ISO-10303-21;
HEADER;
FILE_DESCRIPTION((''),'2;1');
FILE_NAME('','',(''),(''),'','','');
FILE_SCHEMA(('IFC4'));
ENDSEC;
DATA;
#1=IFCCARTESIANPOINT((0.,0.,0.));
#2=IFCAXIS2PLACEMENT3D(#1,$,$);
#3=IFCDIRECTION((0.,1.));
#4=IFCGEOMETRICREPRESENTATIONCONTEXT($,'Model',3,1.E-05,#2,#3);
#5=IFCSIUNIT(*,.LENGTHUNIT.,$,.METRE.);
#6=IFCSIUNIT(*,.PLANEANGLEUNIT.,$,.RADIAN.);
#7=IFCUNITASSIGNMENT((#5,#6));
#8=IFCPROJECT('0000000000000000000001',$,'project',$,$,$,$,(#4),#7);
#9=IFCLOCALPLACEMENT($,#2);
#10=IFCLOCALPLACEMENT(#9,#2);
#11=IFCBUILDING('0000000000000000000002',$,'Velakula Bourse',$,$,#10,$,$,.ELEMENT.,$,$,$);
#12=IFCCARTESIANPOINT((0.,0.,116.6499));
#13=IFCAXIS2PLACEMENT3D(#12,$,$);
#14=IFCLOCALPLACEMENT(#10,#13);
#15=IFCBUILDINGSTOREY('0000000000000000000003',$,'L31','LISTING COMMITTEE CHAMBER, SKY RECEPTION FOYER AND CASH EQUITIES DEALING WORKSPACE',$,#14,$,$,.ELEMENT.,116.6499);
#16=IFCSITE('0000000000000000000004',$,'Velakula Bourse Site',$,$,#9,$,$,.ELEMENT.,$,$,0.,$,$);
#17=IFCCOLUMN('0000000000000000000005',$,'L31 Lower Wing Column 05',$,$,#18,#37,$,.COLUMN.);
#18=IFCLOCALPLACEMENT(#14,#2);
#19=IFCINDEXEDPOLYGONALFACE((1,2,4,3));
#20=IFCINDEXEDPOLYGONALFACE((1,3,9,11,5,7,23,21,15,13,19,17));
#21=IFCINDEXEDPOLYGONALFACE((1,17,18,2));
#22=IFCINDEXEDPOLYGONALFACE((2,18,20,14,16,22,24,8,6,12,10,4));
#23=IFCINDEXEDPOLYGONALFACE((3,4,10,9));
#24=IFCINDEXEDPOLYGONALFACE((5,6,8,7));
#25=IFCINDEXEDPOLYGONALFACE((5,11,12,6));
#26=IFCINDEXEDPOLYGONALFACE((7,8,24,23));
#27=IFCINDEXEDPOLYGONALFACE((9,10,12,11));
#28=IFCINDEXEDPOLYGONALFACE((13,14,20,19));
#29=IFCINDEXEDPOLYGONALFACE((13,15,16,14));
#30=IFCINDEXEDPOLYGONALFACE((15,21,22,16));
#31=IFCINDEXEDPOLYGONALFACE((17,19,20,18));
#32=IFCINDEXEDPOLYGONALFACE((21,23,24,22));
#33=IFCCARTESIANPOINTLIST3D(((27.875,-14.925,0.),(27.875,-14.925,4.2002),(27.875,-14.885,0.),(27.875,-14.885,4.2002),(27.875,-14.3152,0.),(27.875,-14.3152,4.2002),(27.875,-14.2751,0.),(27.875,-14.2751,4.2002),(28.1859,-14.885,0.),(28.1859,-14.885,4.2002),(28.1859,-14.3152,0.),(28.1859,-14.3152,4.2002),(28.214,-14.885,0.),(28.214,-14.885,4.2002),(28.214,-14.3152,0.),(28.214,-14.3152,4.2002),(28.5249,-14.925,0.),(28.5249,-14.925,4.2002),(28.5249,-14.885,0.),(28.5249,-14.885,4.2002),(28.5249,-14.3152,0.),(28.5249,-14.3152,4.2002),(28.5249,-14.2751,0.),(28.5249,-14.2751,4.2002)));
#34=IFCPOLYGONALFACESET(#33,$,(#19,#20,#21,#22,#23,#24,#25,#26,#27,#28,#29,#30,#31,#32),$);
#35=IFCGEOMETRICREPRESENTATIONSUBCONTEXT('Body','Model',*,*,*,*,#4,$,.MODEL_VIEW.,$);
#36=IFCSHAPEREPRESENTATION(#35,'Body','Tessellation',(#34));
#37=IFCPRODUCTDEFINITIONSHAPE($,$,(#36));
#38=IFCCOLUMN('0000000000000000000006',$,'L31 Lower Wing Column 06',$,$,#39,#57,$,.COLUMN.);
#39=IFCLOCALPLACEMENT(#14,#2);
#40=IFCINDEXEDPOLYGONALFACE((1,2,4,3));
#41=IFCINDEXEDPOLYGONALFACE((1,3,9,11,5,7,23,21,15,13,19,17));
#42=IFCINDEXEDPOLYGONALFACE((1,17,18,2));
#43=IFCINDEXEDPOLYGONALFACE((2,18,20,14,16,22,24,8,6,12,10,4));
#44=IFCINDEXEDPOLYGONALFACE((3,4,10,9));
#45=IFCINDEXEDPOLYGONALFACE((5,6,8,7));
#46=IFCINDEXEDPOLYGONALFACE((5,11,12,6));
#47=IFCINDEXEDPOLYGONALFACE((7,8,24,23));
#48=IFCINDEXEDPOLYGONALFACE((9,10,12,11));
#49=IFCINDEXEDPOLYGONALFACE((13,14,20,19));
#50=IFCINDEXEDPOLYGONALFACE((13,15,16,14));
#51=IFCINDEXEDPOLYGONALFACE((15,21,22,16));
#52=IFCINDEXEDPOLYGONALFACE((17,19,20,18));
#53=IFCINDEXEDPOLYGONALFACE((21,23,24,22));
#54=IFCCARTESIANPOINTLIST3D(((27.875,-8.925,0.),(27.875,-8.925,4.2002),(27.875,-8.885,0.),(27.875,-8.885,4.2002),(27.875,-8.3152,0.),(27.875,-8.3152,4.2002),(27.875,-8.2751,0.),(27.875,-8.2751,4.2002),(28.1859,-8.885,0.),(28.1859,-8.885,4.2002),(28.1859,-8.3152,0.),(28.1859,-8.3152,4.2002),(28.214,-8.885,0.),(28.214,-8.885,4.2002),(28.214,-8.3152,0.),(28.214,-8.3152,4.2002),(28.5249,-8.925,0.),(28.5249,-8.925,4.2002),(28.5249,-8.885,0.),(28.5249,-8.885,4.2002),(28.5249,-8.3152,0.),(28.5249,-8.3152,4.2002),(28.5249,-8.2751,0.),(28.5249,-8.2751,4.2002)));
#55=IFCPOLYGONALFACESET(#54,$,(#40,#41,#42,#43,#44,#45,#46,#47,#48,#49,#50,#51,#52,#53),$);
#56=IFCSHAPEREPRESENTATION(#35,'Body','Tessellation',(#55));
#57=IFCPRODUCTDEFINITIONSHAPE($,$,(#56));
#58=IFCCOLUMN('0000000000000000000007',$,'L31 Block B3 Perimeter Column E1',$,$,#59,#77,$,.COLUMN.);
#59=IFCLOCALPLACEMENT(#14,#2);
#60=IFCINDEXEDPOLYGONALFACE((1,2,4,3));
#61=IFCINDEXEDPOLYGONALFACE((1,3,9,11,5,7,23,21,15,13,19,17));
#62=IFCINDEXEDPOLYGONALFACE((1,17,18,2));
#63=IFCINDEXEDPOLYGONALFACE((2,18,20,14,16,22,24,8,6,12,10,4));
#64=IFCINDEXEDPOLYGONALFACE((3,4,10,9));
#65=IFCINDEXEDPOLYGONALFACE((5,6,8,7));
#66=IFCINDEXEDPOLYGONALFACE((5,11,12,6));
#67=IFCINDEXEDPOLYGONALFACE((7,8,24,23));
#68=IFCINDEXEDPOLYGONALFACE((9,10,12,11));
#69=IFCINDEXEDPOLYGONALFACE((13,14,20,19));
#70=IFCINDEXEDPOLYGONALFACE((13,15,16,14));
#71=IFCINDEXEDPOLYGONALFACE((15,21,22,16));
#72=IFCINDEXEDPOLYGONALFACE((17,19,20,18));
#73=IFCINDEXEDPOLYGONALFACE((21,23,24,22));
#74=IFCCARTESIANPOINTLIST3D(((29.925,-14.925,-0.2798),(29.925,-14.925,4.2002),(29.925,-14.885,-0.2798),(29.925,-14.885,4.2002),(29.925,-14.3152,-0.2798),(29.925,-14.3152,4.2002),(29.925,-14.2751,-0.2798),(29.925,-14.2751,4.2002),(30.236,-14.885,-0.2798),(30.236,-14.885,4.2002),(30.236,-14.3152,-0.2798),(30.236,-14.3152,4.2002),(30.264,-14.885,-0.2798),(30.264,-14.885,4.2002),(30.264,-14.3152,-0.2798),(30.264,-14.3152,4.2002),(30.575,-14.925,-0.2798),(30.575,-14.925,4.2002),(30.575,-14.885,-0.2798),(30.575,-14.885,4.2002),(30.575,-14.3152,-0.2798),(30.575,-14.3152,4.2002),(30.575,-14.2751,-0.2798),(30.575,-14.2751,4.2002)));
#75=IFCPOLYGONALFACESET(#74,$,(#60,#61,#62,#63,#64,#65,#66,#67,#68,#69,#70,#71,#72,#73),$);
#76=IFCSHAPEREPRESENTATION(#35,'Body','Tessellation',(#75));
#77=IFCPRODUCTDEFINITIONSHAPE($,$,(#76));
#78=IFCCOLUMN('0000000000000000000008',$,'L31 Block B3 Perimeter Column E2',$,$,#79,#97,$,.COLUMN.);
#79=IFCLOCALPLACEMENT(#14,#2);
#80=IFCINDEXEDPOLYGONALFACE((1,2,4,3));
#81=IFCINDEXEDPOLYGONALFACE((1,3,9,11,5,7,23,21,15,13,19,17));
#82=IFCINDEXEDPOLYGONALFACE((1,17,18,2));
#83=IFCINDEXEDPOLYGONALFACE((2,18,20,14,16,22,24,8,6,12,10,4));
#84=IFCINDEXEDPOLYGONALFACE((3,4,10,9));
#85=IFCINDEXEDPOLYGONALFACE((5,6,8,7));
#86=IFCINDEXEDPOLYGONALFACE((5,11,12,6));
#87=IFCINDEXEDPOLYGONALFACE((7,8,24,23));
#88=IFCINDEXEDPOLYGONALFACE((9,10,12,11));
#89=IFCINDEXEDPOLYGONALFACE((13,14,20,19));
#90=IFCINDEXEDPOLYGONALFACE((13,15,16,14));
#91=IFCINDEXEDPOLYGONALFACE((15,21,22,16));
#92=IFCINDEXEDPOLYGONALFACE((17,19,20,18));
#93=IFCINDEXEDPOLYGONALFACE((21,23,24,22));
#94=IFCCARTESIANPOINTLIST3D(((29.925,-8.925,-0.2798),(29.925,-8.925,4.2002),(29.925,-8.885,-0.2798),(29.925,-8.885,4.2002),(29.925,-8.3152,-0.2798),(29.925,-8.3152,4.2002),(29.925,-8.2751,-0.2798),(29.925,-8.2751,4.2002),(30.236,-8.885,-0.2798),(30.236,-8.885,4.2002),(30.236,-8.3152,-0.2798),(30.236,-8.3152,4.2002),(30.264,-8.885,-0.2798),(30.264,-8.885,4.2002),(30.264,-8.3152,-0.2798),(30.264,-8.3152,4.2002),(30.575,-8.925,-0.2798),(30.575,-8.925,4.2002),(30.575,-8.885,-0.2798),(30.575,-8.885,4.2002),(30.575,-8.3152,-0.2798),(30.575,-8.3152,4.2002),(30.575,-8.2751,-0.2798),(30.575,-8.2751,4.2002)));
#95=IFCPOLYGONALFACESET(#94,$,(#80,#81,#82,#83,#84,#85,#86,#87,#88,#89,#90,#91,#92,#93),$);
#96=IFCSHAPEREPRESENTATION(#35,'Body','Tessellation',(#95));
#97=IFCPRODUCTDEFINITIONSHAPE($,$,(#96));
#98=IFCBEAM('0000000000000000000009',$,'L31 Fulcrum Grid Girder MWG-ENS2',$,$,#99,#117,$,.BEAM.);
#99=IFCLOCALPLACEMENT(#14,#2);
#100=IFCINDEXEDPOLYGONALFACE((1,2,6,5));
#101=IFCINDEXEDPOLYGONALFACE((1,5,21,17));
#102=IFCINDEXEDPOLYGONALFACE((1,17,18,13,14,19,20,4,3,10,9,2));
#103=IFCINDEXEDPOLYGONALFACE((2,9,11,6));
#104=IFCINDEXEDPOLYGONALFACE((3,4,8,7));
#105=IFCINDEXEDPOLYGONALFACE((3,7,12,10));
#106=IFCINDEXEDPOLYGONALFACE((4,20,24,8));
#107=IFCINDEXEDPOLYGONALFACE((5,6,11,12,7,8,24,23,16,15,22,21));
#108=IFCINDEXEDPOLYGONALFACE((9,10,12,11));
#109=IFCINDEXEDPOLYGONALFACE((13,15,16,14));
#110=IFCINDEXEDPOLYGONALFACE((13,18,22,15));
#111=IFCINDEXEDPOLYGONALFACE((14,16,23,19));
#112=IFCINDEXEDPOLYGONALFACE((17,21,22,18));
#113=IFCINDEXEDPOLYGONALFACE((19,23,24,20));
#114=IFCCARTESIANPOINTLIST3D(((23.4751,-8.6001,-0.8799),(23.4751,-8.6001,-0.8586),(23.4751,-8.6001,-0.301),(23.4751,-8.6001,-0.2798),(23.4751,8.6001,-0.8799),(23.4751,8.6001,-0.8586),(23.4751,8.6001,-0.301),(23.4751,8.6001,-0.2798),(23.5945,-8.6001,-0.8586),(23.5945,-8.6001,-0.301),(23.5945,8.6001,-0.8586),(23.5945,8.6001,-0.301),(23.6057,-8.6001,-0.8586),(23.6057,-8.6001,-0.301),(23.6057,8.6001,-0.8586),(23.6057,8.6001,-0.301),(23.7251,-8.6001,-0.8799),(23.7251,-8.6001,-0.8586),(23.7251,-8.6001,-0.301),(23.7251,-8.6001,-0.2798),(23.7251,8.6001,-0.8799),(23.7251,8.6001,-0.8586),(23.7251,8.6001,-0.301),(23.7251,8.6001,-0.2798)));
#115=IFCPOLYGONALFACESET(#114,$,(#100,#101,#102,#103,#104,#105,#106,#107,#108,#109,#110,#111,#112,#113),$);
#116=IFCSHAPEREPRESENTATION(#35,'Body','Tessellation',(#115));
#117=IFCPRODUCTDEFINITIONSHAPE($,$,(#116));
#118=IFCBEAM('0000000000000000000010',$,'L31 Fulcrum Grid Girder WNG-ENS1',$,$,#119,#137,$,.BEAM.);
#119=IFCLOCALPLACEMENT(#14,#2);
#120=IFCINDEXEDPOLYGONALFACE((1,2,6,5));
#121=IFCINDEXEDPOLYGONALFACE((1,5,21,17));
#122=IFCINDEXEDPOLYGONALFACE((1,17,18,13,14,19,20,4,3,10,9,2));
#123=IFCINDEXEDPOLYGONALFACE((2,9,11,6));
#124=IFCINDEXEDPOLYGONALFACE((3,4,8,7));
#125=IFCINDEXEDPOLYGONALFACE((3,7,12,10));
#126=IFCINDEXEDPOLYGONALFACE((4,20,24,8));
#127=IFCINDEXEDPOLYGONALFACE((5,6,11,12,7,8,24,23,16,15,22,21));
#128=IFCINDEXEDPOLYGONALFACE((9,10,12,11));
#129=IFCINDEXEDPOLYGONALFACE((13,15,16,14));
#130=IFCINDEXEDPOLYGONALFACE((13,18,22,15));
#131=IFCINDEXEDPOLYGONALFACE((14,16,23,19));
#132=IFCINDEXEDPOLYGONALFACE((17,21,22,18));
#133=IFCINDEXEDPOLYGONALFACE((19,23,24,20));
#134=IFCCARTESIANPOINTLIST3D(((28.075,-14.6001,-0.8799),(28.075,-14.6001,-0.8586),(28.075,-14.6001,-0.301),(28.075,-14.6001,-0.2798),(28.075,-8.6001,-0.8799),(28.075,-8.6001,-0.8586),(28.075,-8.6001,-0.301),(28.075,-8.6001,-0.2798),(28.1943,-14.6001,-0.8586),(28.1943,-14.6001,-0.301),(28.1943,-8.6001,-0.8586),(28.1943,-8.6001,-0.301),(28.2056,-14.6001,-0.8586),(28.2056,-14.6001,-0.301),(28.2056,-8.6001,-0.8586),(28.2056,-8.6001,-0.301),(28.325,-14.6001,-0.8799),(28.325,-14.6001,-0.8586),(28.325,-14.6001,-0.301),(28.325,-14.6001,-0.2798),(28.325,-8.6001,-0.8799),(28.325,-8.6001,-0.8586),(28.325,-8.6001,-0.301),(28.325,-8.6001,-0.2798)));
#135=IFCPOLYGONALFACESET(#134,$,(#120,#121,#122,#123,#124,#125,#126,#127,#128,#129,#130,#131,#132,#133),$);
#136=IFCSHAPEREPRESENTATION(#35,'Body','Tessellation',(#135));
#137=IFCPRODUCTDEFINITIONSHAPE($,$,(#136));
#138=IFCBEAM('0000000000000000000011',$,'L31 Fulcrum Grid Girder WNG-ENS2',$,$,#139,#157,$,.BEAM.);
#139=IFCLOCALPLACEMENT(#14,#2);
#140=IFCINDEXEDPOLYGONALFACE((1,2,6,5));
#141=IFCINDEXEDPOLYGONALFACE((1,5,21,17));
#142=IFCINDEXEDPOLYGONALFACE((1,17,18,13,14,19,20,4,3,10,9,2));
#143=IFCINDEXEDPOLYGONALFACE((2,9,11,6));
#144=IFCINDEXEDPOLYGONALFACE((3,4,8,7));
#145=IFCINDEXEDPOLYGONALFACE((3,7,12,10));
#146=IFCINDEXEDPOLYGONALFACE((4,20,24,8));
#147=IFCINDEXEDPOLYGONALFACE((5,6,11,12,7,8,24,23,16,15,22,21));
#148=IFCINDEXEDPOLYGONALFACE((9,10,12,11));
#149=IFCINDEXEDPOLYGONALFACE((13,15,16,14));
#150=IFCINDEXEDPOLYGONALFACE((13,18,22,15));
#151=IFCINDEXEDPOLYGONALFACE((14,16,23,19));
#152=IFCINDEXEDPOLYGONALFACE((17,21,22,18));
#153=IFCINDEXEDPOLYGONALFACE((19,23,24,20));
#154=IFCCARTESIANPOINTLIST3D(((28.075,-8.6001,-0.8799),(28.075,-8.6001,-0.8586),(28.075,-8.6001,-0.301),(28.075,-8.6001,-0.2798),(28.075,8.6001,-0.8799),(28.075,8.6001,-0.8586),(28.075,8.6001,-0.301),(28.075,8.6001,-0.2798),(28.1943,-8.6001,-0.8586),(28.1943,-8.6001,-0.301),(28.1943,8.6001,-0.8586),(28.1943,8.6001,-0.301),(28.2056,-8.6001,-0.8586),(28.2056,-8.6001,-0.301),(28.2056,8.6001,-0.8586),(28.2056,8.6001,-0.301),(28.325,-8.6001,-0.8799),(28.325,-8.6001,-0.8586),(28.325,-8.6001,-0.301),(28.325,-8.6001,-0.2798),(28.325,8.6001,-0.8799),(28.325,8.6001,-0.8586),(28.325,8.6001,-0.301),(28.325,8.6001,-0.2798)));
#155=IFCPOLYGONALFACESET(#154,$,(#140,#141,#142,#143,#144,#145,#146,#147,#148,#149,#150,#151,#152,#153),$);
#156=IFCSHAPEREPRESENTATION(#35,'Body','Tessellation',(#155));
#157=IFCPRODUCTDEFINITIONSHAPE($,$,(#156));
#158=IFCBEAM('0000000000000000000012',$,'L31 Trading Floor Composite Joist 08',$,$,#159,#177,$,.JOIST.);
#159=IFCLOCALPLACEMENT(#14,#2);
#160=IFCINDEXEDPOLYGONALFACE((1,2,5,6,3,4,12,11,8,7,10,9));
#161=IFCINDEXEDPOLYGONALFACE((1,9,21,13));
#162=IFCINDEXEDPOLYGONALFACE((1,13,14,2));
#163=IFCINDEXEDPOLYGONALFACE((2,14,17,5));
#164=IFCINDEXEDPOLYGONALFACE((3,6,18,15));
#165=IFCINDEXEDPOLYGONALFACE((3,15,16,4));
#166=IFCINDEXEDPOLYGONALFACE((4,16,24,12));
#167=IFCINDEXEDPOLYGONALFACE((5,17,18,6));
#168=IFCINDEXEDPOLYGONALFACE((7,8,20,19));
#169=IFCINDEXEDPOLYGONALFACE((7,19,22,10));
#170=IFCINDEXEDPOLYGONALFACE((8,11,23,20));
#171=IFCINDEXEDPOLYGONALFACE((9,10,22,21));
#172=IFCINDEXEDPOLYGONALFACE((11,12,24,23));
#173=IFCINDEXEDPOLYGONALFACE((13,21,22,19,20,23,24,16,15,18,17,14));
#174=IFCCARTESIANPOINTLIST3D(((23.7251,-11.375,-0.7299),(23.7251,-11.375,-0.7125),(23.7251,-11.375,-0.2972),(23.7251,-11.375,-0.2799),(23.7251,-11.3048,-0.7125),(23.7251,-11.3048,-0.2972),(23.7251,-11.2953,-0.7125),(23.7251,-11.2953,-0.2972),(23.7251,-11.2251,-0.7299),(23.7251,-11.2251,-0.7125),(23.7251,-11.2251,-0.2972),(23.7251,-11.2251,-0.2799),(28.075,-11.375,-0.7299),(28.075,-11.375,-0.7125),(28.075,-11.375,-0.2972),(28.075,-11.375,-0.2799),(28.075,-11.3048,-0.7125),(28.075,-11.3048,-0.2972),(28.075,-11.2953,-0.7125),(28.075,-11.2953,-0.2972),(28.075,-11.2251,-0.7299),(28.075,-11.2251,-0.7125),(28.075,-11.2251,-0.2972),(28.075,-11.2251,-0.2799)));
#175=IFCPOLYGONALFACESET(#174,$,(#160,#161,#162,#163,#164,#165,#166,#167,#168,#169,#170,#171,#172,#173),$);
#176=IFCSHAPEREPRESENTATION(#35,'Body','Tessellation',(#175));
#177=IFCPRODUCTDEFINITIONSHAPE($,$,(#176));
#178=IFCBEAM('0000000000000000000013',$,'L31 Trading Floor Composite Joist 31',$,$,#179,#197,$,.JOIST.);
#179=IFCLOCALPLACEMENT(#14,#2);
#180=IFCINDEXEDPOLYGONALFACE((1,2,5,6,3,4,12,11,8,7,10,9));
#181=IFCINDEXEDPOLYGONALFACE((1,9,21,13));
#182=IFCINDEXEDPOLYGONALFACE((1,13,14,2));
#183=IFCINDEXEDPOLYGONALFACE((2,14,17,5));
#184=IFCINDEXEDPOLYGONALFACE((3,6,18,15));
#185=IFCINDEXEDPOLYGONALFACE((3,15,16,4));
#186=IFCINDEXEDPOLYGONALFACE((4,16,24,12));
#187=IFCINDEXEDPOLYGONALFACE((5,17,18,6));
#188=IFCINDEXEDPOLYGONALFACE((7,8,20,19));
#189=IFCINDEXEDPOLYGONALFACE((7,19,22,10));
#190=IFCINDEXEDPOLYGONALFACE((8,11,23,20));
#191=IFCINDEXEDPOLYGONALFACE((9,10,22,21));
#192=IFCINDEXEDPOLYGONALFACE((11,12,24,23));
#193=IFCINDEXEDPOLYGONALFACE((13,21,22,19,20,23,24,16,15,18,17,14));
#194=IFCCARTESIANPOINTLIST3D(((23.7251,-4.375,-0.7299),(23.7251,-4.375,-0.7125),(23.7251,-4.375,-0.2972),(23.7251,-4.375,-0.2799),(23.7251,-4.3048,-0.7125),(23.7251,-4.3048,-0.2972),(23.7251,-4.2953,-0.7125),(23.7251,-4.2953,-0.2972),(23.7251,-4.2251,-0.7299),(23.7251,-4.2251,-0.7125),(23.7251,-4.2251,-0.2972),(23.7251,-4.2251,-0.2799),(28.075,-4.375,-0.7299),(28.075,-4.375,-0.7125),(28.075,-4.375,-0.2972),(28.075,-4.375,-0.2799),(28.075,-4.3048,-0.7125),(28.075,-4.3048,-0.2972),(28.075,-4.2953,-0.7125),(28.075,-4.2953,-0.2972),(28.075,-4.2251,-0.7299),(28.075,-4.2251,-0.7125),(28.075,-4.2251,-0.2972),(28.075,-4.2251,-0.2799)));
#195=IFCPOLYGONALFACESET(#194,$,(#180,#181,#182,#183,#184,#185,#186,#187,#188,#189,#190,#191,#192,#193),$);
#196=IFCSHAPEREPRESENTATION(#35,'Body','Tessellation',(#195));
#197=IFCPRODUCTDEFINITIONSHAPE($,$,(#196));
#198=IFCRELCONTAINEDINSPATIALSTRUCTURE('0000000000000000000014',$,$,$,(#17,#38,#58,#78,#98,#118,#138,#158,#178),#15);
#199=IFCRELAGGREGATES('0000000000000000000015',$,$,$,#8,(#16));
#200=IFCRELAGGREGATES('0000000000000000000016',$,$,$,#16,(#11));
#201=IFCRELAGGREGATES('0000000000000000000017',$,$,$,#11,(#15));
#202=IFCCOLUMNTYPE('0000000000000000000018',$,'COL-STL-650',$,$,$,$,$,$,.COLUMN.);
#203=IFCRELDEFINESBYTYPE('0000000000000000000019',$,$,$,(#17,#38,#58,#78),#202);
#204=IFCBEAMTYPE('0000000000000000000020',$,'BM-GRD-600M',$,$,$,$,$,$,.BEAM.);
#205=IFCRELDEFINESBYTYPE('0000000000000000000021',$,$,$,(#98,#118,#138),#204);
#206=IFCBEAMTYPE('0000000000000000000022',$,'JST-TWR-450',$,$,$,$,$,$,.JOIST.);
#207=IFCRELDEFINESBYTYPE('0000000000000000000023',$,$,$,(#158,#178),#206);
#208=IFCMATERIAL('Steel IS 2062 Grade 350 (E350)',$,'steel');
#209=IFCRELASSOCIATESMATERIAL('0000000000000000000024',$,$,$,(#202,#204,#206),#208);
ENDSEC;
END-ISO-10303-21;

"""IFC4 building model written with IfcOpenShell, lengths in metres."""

from ifc_helpers import new_model, si_unit, direction, frame, origin, origin_2d, place, context, subcontext, project, spatial, i_section, extrude, material, material_profile, profile_set, type_object, element, save


model = new_model("IFC4")

# Units and contexts
model_context = context("Model", 3, precision=1e-05, world=origin(), true_north=direction((0.0, 1.0)))
body_context = subcontext(model_context, "Body", "Model", "MODEL_VIEW")
ifc_project = project(units=[si_unit("LENGTHUNIT", "METRE"), si_unit("PLANEANGLEUNIT", "RADIAN")], contexts=[model_context])

# Site, building, storey
site_placement = place(None, origin())
site = spatial("IfcSite", under=ifc_project, at=site_placement, Name="Velakula Bourse Site", CompositionType="ELEMENT", RefElevation=0.0)
building_placement = place(site_placement, origin())
building = spatial("IfcBuilding", under=site, at=building_placement, Name="Velakula Bourse", CompositionType="ELEMENT")
storey_placement = place(building_placement, frame((0.0, 0.0, 116.6499)))
storey = spatial("IfcBuildingStorey", under=building, at=storey_placement, Name="L31", Description="LISTING COMMITTEE CHAMBER, SKY RECEPTION FOYER AND CASH EQUITIES DEALING WORKSPACE", CompositionType="ELEMENT", Elevation=116.6499)

# Columns
ifc_material_1 = material(Name="Steel IS 2062 Grade 350 (E350)", Category="steel")
ifc_material_profile_1 = material_profile(ifc_material_1, i_section(OverallWidth=0.6499, OverallDepth=0.6499, WebThickness=0.0281, FlangeThickness=0.04, at=origin_2d()), Name="Steel IS 2062 Grade 350 (E350)")
ifc_profile_set_1 = profile_set([ifc_material_profile_1], Name="Steel IS 2062 Grade 350 (E350)")
column_type = type_object("IfcColumnType", Name="COL-STL-650", PredefinedType="COLUMN", material=ifc_profile_set_1)
for number, where, z_axis, x_axis, name in (
    (1, (28.2, -14.6001, 0.0), (0.0, 0.0, 1.0), (1.0, 0.0, 0.0), "L31 Lower Wing Column 05"),
    (2, (28.2, -8.6001, 0.0), (0.0, 0.0, 1.0), (1.0, 0.0, 0.0), "L31 Lower Wing Column 06"),
):
    element("IfcColumn", number, at=place(storey_placement, frame(where, z_axis=z_axis, x_axis=x_axis)), inside=storey, type_object=column_type, Name=name, PredefinedType="COLUMN", context=body_context, shape_type="SweptSolid", body=[
        extrude(i_section(OverallWidth=0.6499, OverallDepth=0.6499, WebThickness=0.0281, FlangeThickness=0.04, at=origin_2d()), origin(), (0.0, 0.0, 1.0), 4.2002),
    ])
for number, where, z_axis, x_axis, name in (
    (3, (30.25, -14.6001, -0.2798), (0.0, 0.0, 1.0), (1.0, 0.0, 0.0), "L31 Block B3 Perimeter Column E1"),
    (4, (30.25, -8.6001, -0.2798), (0.0, 0.0, 1.0), (1.0, 0.0, 0.0), "L31 Block B3 Perimeter Column E2"),
):
    element("IfcColumn", number, at=place(storey_placement, frame(where, z_axis=z_axis, x_axis=x_axis)), inside=storey, type_object=column_type, Name=name, PredefinedType="COLUMN", context=body_context, shape_type="SweptSolid", body=[
        extrude(i_section(OverallWidth=0.6499, OverallDepth=0.6499, WebThickness=0.0281, FlangeThickness=0.04, at=origin_2d()), origin(), (0.0, 0.0, 1.0), 4.48),
    ])

# Beams
ifc_material_profile_2 = material_profile(ifc_material_1, i_section(OverallWidth=0.25, OverallDepth=0.6001, WebThickness=0.0112, FlangeThickness=0.0212, at=origin_2d()), Name="Steel IS 2062 Grade 350 (E350)")
ifc_profile_set_2 = profile_set([ifc_material_profile_2], Name="Steel IS 2062 Grade 350 (E350)")
beam_type_1 = type_object("IfcBeamType", Name="BM-GRD-600M", PredefinedType="BEAM", material=ifc_profile_set_2)
beam_1_placement = place(storey_placement, frame((23.6001, -8.6001, -0.5798), z_axis=(0.0, 1.0, 0.0), x_axis=(-1.0, 0.0, 0.0)))
element("IfcBeam", 5, at=beam_1_placement, inside=storey, type_object=beam_type_1, Name="L31 Fulcrum Grid Girder MWG-ENS2", PredefinedType="BEAM", context=body_context, shape_type="SweptSolid", body=[
    extrude(i_section(OverallWidth=0.25, OverallDepth=0.6001, WebThickness=0.0112, FlangeThickness=0.0212, at=origin_2d()), origin(), (0.0, 0.0, 1.0), 17.2002),
])
beam_2_placement = place(storey_placement, frame((28.2, -14.6001, -0.5798), z_axis=(0.0, 1.0, 0.0), x_axis=(-1.0, 0.0, 0.0)))
element("IfcBeam", 6, at=beam_2_placement, inside=storey, type_object=beam_type_1, Name="L31 Fulcrum Grid Girder WNG-ENS1", PredefinedType="BEAM", context=body_context, shape_type="SweptSolid", body=[
    extrude(i_section(OverallWidth=0.25, OverallDepth=0.6001, WebThickness=0.0112, FlangeThickness=0.0212, at=origin_2d()), origin(), (0.0, 0.0, 1.0), 6.0),
])
beam_3_placement = place(storey_placement, frame((28.2, -8.6001, -0.5798), z_axis=(0.0, 1.0, 0.0), x_axis=(-1.0, 0.0, 0.0)))
element("IfcBeam", 7, at=beam_3_placement, inside=storey, type_object=beam_type_1, Name="L31 Fulcrum Grid Girder WNG-ENS2", PredefinedType="BEAM", context=body_context, shape_type="SweptSolid", body=[
    extrude(i_section(OverallWidth=0.25, OverallDepth=0.6001, WebThickness=0.0112, FlangeThickness=0.0212, at=origin_2d()), origin(), (0.0, 0.0, 1.0), 17.2002),
])
ifc_material_profile_3 = material_profile(ifc_material_1, i_section(OverallWidth=0.1499, OverallDepth=0.45, WebThickness=0.0095, FlangeThickness=0.0173, at=origin_2d()), Name="Steel IS 2062 Grade 350 (E350)")
ifc_profile_set_3 = profile_set([ifc_material_profile_3], Name="Steel IS 2062 Grade 350 (E350)")
beam_type_2 = type_object("IfcBeamType", Name="JST-TWR-450", PredefinedType="JOIST", material=ifc_profile_set_3)
for number, where, z_axis, x_axis, name in (
    (8, (23.7251, -11.3, -0.5049), (1.0, 0.0, 0.0), (0.0, 1.0, 0.0), "L31 Trading Floor Composite Joist 08"),
    (9, (23.7251, -4.3, -0.5049), (1.0, 0.0, 0.0), (0.0, 1.0, 0.0), "L31 Trading Floor Composite Joist 31"),
):
    element("IfcBeam", number, at=place(storey_placement, frame(where, z_axis=z_axis, x_axis=x_axis)), inside=storey, type_object=beam_type_2, Name=name, PredefinedType="JOIST", context=body_context, shape_type="SweptSolid", body=[
        extrude(i_section(OverallWidth=0.1499, OverallDepth=0.45, WebThickness=0.0095, FlangeThickness=0.0173, at=origin_2d()), origin(), (0.0, 0.0, 1.0), 4.3499),
    ])

save(model, "model.ifc")
